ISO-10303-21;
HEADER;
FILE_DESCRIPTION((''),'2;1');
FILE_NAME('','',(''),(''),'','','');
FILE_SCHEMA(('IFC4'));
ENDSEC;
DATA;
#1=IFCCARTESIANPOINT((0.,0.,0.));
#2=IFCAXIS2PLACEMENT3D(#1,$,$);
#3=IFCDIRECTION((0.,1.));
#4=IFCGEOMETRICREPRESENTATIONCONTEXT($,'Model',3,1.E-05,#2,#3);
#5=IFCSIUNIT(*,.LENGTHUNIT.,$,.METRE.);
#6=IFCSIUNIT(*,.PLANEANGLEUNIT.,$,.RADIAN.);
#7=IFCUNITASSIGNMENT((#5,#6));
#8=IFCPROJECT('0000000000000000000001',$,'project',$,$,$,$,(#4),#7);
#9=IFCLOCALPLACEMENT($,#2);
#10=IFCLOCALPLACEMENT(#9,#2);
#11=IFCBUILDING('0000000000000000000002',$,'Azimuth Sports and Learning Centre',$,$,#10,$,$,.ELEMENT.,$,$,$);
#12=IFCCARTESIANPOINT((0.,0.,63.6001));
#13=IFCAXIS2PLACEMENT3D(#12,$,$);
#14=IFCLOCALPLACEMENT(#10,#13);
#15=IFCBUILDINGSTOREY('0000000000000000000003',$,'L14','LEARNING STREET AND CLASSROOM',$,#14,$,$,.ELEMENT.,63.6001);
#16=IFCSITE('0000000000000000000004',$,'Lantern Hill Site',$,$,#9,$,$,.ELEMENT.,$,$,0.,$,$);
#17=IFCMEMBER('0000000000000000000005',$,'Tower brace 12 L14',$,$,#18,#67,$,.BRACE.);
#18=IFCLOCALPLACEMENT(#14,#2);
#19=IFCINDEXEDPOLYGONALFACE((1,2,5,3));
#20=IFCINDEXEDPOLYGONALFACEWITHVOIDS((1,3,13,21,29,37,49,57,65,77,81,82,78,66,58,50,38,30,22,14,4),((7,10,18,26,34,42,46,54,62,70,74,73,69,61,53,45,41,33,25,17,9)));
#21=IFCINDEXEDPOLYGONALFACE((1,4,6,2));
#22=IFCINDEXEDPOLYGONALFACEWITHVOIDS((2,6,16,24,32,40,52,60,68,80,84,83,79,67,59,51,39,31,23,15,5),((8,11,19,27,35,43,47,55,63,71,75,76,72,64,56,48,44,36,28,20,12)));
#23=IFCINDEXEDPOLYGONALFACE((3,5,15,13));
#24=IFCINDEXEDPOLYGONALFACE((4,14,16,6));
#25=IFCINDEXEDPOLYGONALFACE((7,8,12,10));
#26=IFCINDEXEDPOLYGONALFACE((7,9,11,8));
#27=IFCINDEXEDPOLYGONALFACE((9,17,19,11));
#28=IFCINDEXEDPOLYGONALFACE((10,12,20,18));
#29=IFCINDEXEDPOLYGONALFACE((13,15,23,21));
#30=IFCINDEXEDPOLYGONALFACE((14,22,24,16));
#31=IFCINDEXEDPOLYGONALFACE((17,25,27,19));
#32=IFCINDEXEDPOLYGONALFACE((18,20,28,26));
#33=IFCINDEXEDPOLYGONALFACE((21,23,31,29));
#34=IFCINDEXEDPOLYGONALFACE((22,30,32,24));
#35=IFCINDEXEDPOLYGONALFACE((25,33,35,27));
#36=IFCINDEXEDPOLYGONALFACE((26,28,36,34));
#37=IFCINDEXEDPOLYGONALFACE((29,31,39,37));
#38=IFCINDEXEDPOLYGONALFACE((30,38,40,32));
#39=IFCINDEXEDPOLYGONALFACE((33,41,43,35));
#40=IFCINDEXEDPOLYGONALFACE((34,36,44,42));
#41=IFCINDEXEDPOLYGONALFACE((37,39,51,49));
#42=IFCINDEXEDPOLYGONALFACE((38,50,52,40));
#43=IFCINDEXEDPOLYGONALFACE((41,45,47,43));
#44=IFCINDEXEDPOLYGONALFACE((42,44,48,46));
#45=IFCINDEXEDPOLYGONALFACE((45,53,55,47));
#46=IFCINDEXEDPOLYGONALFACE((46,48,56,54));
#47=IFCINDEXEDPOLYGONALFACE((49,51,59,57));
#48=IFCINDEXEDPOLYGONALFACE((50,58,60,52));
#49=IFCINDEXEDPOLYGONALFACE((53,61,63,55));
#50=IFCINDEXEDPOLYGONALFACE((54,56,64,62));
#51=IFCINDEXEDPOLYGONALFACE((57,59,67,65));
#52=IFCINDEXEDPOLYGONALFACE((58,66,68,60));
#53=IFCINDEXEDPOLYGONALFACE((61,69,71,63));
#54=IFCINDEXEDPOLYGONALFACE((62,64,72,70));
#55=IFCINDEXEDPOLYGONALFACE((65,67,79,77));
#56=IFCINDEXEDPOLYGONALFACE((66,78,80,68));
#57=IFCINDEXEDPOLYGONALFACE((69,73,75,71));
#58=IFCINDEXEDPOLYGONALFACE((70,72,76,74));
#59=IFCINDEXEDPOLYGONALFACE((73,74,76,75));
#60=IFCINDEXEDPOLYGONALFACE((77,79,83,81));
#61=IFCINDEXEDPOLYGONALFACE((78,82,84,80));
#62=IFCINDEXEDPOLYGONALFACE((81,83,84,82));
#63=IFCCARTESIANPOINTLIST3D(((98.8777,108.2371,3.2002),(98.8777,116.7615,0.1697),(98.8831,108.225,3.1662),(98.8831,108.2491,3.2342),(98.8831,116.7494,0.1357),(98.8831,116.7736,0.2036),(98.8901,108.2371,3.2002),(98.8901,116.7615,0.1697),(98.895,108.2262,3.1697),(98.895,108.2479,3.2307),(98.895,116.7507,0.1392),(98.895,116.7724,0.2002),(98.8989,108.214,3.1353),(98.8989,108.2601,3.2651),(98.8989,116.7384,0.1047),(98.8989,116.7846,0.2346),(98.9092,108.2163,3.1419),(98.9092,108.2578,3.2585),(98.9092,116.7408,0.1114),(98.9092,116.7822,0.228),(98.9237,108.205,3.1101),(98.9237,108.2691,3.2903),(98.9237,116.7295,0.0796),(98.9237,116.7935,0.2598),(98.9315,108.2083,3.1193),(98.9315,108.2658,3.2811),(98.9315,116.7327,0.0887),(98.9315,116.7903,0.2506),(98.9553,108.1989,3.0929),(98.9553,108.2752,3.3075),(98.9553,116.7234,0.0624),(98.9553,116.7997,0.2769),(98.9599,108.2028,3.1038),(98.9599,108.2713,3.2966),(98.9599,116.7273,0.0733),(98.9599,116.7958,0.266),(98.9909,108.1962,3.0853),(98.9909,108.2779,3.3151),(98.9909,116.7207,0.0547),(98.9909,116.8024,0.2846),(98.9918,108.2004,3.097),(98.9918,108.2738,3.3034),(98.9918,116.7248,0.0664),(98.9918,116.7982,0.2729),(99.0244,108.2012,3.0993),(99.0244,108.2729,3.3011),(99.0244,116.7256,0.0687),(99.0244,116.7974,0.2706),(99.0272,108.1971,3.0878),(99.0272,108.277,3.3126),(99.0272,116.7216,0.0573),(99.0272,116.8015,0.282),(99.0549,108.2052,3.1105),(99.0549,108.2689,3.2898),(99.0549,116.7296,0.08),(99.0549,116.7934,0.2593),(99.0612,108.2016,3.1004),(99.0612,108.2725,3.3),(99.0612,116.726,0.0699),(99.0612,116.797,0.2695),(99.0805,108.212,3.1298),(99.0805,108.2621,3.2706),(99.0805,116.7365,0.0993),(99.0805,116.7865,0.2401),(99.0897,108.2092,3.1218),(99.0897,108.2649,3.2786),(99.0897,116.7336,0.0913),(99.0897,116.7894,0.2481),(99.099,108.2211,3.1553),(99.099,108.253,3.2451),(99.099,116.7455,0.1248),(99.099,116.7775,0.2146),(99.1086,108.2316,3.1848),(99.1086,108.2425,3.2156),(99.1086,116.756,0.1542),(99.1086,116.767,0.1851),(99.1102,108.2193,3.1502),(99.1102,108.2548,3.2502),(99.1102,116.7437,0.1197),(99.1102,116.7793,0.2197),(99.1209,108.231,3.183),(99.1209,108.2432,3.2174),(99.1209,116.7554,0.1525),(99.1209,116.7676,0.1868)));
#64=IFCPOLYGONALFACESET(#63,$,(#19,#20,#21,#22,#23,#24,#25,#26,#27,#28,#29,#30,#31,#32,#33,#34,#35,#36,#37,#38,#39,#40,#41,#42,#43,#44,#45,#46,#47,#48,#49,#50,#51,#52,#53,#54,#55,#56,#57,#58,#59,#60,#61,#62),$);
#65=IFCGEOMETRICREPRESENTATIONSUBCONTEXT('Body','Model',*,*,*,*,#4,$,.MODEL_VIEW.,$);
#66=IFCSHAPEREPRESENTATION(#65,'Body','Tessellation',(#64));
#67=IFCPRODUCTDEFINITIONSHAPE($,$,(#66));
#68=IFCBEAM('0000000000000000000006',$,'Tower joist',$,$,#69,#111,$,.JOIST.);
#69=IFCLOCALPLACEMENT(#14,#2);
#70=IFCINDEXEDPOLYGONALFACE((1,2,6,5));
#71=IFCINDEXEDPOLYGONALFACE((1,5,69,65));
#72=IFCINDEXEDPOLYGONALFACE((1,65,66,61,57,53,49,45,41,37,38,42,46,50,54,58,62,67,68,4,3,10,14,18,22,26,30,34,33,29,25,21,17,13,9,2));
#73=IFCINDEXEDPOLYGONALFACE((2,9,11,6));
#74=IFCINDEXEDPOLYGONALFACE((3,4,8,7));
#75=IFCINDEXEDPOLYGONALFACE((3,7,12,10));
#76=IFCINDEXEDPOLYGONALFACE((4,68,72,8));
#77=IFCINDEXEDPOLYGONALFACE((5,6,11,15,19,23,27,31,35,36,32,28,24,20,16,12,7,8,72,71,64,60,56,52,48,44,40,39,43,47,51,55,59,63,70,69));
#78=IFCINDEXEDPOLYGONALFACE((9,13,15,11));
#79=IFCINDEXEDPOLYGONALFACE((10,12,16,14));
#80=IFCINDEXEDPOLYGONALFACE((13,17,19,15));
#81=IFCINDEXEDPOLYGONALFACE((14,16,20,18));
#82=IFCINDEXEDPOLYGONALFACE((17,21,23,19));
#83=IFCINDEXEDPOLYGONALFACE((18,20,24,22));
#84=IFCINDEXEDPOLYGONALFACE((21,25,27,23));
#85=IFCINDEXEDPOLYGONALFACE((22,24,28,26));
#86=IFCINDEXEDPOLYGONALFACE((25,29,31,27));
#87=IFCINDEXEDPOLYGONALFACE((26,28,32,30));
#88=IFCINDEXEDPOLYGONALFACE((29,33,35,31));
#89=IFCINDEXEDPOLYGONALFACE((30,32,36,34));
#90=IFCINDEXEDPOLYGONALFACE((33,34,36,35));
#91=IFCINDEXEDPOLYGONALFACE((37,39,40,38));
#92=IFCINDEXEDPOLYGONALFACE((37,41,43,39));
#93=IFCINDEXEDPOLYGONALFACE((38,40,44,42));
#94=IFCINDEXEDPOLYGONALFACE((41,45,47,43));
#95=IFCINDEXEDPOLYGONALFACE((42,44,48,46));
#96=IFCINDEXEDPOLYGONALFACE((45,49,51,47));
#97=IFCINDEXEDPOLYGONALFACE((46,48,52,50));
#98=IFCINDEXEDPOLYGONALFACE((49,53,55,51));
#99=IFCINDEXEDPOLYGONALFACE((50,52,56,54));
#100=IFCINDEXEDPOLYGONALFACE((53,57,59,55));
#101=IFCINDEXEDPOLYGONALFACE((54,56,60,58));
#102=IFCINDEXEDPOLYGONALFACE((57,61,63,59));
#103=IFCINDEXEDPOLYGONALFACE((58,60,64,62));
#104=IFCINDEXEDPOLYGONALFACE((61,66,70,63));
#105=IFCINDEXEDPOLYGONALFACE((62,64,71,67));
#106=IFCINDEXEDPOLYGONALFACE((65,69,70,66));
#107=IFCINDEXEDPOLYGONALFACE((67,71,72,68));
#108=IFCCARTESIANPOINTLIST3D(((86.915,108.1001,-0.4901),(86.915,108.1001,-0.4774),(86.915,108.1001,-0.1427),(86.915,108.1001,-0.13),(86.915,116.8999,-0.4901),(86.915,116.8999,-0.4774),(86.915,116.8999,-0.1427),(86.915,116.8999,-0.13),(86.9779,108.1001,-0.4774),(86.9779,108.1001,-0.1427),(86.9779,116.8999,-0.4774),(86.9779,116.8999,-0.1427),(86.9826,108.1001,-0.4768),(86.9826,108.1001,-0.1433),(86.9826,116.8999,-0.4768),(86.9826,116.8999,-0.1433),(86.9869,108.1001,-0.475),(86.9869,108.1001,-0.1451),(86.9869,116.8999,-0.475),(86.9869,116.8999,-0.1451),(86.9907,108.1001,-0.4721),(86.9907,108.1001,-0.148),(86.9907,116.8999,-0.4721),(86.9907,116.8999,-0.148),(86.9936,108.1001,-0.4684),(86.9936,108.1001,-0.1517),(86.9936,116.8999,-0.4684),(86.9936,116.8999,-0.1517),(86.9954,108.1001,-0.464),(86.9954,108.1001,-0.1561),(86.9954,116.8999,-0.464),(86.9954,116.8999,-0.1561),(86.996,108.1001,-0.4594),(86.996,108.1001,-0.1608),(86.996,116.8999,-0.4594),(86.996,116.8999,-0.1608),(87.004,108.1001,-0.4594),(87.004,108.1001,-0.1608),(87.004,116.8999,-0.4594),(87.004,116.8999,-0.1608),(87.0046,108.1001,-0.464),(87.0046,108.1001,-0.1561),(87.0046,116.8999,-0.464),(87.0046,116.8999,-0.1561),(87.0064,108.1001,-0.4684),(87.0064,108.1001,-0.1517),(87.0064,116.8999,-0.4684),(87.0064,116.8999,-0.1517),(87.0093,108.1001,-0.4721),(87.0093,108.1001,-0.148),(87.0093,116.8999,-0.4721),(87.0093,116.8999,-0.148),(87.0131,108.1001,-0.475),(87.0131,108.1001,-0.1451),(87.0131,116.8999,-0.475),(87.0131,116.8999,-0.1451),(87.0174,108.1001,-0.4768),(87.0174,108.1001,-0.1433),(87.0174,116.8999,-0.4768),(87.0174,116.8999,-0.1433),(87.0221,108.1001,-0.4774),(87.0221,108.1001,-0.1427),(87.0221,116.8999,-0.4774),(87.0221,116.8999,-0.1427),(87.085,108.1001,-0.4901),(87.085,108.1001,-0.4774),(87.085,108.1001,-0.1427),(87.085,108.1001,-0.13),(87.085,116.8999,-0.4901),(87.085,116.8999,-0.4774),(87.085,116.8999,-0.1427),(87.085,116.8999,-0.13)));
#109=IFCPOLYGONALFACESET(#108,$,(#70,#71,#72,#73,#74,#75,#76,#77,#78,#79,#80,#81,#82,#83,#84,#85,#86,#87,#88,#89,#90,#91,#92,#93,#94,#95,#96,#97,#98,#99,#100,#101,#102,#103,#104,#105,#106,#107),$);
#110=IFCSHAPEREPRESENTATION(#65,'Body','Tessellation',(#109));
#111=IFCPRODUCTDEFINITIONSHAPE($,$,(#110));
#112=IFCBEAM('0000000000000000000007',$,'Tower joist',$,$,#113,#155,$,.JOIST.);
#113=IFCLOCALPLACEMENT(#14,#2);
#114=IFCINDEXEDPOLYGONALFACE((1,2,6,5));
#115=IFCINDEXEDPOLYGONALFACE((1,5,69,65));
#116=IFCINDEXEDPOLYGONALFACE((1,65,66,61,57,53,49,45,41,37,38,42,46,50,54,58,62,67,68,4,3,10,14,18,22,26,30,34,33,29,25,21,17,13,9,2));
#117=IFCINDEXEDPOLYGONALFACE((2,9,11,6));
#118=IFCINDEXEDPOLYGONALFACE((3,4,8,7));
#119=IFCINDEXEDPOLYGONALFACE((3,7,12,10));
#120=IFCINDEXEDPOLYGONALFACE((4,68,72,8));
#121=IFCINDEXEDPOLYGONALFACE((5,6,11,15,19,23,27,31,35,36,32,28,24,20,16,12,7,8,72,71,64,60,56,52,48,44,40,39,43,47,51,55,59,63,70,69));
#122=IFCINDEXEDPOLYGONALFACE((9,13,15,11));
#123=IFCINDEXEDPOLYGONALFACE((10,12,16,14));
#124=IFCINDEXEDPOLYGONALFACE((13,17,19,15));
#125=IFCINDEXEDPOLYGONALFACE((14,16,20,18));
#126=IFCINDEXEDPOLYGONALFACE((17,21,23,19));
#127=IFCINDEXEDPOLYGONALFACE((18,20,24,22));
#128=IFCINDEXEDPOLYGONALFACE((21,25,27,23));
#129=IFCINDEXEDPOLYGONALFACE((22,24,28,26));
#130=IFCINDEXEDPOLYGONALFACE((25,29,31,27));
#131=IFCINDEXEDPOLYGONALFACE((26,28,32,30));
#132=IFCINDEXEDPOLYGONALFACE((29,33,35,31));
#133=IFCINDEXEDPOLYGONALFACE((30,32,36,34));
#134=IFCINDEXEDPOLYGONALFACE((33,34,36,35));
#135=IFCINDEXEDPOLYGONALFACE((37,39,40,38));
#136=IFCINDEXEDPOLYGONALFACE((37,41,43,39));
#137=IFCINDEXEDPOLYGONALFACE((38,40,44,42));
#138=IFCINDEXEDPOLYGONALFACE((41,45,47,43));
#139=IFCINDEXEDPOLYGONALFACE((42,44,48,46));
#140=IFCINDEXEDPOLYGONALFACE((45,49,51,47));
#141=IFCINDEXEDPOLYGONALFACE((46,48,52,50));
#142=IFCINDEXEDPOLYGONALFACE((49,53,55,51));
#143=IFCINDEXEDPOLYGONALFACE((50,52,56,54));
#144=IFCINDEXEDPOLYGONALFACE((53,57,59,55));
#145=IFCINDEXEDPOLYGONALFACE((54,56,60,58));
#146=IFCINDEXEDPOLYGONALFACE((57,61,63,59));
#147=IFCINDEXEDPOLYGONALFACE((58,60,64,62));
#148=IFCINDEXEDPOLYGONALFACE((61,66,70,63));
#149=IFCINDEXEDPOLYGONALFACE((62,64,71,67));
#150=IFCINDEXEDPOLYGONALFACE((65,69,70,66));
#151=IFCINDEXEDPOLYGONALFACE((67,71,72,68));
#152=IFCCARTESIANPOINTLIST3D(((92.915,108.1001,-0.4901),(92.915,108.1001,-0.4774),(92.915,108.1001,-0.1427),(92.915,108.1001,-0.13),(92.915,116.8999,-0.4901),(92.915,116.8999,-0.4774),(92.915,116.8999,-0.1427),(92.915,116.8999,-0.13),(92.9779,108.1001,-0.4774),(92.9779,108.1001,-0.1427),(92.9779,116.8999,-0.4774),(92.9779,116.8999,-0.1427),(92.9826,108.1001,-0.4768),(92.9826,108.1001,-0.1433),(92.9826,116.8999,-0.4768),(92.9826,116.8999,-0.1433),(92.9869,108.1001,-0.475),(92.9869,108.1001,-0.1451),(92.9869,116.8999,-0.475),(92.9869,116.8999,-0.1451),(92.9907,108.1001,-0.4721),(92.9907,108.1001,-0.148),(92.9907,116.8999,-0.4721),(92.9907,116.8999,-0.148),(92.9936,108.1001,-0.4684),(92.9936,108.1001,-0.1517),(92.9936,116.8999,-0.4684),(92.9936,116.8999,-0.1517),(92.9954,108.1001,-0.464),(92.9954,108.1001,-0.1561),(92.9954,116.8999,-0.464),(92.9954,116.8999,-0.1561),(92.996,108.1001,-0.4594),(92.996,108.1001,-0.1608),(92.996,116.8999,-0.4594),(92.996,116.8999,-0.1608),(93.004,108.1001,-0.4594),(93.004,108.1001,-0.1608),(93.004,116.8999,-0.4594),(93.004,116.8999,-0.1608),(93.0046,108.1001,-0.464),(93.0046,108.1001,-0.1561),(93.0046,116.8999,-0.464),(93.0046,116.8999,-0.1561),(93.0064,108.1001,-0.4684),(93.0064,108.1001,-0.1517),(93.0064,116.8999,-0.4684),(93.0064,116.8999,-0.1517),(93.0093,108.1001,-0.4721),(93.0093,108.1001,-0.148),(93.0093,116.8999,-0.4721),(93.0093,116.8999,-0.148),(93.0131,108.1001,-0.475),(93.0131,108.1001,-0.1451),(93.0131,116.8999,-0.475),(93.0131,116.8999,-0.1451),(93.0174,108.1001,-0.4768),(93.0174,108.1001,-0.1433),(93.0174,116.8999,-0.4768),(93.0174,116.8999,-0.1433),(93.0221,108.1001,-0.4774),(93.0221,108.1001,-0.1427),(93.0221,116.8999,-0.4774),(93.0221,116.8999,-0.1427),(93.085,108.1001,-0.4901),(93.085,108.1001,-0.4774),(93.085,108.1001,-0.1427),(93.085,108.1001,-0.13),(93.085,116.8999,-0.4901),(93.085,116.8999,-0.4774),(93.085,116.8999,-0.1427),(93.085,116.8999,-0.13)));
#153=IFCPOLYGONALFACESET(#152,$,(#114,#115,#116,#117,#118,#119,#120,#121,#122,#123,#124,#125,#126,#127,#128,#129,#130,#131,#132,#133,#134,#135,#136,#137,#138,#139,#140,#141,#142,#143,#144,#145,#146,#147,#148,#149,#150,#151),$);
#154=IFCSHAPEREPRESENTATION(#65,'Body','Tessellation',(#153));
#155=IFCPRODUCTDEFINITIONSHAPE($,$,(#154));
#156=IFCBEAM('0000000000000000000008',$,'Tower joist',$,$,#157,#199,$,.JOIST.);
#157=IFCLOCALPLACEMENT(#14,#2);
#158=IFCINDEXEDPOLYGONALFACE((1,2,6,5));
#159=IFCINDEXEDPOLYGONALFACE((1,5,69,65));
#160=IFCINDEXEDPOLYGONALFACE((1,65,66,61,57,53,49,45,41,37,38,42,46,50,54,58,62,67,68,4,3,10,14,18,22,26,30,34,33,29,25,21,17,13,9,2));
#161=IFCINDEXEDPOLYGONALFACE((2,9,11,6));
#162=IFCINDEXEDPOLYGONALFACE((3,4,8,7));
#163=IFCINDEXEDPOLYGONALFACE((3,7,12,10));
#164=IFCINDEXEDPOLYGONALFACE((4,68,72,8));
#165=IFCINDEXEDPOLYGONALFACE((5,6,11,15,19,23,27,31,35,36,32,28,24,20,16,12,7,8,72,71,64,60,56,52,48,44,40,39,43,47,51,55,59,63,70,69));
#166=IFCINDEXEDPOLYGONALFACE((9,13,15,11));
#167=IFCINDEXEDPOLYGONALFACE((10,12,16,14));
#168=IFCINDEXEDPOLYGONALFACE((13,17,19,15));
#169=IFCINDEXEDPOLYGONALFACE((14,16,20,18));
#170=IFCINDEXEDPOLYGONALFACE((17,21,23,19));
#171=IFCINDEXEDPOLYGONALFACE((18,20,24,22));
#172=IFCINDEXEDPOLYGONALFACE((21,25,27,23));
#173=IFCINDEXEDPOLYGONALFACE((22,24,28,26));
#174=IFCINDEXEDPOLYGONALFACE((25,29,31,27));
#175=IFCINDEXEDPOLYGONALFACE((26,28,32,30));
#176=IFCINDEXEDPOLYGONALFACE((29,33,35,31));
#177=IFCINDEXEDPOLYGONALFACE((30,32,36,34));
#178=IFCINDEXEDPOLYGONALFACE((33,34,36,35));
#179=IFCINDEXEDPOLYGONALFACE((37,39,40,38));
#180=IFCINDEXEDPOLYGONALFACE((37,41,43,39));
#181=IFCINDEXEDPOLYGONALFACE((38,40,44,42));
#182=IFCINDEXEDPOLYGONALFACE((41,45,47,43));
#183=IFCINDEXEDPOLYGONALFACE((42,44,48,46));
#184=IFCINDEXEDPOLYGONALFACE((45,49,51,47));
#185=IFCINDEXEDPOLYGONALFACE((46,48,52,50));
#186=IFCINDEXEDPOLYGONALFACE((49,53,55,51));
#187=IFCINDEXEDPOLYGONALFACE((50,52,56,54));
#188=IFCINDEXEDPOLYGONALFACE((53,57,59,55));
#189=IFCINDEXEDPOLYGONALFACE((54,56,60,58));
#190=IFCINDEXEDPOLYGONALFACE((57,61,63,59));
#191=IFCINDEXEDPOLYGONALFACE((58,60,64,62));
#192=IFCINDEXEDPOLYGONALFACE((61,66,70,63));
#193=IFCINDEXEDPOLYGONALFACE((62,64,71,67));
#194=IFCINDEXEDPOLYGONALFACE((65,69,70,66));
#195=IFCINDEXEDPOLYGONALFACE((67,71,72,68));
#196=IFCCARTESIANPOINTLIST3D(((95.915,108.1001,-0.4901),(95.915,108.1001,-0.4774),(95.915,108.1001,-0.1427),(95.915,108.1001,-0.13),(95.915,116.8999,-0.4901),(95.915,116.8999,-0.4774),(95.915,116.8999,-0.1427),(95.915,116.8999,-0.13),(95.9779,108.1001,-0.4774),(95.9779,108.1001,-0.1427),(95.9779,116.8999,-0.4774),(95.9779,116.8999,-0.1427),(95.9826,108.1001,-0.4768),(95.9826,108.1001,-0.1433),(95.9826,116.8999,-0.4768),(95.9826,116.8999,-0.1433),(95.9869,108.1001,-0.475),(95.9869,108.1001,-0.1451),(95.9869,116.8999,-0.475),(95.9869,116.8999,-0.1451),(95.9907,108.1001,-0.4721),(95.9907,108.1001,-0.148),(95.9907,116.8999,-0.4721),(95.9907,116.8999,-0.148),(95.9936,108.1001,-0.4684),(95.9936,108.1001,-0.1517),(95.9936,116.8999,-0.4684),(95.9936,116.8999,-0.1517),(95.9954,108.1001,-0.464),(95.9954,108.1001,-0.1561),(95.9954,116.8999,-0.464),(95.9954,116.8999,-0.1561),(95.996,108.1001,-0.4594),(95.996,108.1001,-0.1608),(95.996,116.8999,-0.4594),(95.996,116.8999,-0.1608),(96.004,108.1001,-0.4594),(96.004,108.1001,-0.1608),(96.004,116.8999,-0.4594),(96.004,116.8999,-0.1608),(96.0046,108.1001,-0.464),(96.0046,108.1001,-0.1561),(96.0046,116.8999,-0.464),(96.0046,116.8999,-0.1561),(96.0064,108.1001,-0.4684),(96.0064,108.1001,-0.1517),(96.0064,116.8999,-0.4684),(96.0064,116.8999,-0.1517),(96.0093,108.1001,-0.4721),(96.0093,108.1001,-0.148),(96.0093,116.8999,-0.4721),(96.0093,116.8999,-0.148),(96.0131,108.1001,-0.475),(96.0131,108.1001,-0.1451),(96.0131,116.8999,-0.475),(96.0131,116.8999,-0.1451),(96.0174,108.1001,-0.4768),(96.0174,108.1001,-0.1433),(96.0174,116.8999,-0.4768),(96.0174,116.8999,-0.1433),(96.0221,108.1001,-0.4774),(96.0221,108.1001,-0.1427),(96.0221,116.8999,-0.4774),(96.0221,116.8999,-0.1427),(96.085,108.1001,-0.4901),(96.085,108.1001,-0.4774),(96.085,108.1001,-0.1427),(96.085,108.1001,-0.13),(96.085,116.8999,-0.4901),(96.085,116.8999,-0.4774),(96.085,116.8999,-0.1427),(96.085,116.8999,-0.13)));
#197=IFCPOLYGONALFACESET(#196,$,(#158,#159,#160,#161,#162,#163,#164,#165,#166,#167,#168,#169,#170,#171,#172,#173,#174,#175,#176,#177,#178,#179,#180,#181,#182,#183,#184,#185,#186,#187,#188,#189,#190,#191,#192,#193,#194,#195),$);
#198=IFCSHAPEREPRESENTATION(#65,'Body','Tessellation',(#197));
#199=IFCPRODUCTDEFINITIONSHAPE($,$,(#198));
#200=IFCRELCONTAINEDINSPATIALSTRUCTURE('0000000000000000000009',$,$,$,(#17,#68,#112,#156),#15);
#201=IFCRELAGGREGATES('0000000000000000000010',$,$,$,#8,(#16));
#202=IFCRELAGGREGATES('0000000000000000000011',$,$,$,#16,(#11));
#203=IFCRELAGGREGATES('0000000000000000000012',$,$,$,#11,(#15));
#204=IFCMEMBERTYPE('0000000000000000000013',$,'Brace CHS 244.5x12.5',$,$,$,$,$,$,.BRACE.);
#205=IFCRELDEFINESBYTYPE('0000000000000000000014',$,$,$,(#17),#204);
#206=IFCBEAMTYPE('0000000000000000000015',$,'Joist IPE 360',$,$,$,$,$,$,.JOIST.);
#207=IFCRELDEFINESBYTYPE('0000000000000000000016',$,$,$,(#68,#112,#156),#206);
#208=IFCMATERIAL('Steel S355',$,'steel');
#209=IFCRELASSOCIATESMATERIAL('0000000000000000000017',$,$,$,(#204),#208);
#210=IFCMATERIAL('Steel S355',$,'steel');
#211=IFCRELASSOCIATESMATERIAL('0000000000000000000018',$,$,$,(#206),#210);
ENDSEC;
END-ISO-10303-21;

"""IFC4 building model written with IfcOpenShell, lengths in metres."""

from ifc_helpers import new_model, si_unit, direction, frame, origin, origin_2d, place, context, subcontext, project, spatial, hollow_circle, i_section, extrude, material, material_profile, profile_set, type_object, element, save


model = new_model("IFC4")

# Units and contexts
model_context = context("Model", 3, precision=1e-05, world=origin(), true_north=direction((0.0, 1.0)))
body_context = subcontext(model_context, "Body", "Model", "MODEL_VIEW")
ifc_project = project(units=[si_unit("LENGTHUNIT", "METRE"), si_unit("PLANEANGLEUNIT", "RADIAN")], contexts=[model_context])

# Site, building, storey
site_placement = place(None, origin())
site = spatial("IfcSite", under=ifc_project, at=site_placement, Name="Lantern Hill Site", CompositionType="ELEMENT", RefElevation=0.0)
building_placement = place(site_placement, origin())
building = spatial("IfcBuilding", under=site, at=building_placement, Name="Azimuth Sports and Learning Centre", CompositionType="ELEMENT")
storey_placement = place(building_placement, frame((0.0, 0.0, 63.6001)))
storey = spatial("IfcBuildingStorey", under=building, at=storey_placement, Name="L14", Description="LEARNING STREET AND CLASSROOM", CompositionType="ELEMENT", Elevation=63.6001)

# Member
ifc_material_1 = material(Name="Steel S355", Category="steel")
ifc_material_profile_1 = material_profile(ifc_material_1, hollow_circle(Radius=0.1223, WallThickness=0.0125, at=origin_2d()), Name="CHS 244.5x12.5")
ifc_profile_set_1 = profile_set([ifc_material_profile_1], Name="Steel S355")
member_type = type_object("IfcMemberType", Name="Brace CHS 244.5x12.5", PredefinedType="BRACE", material=ifc_profile_set_1)
member_placement = place(storey_placement, frame((99.0, 108.2371, 3.2002), z_axis=(0.0, 0.942228, -0.334972), x_axis=(-1.0, 0.0, 0.0)))
element("IfcMember", 1, at=member_placement, inside=storey, type_object=member_type, Name="Tower brace 12 L14", PredefinedType="BRACE", context=body_context, shape_type="SweptSolid", body=[
    extrude(hollow_circle(Radius=0.1223, WallThickness=0.0125, at=origin_2d()), origin(), (0.0, 0.0, 1.0), 9.0471),
])

# Beams
ifc_material_2 = material(Name="Steel S355", Category="steel")
ifc_material_profile_2 = material_profile(ifc_material_2, i_section(OverallWidth=0.1699, OverallDepth=0.3601, WebThickness=0.0081, FlangeThickness=0.0127, FilletRadius=0.0181, at=origin_2d()), Name="IPE 360")
ifc_profile_set_2 = profile_set([ifc_material_profile_2], Name="Steel S355")
beam_type_1 = type_object("IfcBeamType", Name="Joist IPE 360", PredefinedType="JOIST", material=ifc_profile_set_2)
for number, where, z_axis, x_axis, name in (
    (2, (87.0, 108.1001, -0.3101), (0.0, 1.0, 0.0), (-1.0, 0.0, 0.0), "Tower joist"),
    (3, (93.0, 108.1001, -0.3101), (0.0, 1.0, 0.0), (-1.0, 0.0, 0.0), "Tower joist"),
    (4, (96.0, 108.1001, -0.3101), (0.0, 1.0, 0.0), (-1.0, 0.0, 0.0), "Tower joist"),
):
    element("IfcBeam", number, at=place(storey_placement, frame(where, z_axis=z_axis, x_axis=x_axis)), inside=storey, type_object=beam_type_1, Name=name, PredefinedType="JOIST", context=body_context, shape_type="SweptSolid", body=[
        extrude(i_section(OverallWidth=0.1699, OverallDepth=0.3601, WebThickness=0.0081, FlangeThickness=0.0127, FilletRadius=0.0181, at=origin_2d()), origin(), (0.0, 0.0, 1.0), 8.7998),
    ])

save(model, "model.ifc")
